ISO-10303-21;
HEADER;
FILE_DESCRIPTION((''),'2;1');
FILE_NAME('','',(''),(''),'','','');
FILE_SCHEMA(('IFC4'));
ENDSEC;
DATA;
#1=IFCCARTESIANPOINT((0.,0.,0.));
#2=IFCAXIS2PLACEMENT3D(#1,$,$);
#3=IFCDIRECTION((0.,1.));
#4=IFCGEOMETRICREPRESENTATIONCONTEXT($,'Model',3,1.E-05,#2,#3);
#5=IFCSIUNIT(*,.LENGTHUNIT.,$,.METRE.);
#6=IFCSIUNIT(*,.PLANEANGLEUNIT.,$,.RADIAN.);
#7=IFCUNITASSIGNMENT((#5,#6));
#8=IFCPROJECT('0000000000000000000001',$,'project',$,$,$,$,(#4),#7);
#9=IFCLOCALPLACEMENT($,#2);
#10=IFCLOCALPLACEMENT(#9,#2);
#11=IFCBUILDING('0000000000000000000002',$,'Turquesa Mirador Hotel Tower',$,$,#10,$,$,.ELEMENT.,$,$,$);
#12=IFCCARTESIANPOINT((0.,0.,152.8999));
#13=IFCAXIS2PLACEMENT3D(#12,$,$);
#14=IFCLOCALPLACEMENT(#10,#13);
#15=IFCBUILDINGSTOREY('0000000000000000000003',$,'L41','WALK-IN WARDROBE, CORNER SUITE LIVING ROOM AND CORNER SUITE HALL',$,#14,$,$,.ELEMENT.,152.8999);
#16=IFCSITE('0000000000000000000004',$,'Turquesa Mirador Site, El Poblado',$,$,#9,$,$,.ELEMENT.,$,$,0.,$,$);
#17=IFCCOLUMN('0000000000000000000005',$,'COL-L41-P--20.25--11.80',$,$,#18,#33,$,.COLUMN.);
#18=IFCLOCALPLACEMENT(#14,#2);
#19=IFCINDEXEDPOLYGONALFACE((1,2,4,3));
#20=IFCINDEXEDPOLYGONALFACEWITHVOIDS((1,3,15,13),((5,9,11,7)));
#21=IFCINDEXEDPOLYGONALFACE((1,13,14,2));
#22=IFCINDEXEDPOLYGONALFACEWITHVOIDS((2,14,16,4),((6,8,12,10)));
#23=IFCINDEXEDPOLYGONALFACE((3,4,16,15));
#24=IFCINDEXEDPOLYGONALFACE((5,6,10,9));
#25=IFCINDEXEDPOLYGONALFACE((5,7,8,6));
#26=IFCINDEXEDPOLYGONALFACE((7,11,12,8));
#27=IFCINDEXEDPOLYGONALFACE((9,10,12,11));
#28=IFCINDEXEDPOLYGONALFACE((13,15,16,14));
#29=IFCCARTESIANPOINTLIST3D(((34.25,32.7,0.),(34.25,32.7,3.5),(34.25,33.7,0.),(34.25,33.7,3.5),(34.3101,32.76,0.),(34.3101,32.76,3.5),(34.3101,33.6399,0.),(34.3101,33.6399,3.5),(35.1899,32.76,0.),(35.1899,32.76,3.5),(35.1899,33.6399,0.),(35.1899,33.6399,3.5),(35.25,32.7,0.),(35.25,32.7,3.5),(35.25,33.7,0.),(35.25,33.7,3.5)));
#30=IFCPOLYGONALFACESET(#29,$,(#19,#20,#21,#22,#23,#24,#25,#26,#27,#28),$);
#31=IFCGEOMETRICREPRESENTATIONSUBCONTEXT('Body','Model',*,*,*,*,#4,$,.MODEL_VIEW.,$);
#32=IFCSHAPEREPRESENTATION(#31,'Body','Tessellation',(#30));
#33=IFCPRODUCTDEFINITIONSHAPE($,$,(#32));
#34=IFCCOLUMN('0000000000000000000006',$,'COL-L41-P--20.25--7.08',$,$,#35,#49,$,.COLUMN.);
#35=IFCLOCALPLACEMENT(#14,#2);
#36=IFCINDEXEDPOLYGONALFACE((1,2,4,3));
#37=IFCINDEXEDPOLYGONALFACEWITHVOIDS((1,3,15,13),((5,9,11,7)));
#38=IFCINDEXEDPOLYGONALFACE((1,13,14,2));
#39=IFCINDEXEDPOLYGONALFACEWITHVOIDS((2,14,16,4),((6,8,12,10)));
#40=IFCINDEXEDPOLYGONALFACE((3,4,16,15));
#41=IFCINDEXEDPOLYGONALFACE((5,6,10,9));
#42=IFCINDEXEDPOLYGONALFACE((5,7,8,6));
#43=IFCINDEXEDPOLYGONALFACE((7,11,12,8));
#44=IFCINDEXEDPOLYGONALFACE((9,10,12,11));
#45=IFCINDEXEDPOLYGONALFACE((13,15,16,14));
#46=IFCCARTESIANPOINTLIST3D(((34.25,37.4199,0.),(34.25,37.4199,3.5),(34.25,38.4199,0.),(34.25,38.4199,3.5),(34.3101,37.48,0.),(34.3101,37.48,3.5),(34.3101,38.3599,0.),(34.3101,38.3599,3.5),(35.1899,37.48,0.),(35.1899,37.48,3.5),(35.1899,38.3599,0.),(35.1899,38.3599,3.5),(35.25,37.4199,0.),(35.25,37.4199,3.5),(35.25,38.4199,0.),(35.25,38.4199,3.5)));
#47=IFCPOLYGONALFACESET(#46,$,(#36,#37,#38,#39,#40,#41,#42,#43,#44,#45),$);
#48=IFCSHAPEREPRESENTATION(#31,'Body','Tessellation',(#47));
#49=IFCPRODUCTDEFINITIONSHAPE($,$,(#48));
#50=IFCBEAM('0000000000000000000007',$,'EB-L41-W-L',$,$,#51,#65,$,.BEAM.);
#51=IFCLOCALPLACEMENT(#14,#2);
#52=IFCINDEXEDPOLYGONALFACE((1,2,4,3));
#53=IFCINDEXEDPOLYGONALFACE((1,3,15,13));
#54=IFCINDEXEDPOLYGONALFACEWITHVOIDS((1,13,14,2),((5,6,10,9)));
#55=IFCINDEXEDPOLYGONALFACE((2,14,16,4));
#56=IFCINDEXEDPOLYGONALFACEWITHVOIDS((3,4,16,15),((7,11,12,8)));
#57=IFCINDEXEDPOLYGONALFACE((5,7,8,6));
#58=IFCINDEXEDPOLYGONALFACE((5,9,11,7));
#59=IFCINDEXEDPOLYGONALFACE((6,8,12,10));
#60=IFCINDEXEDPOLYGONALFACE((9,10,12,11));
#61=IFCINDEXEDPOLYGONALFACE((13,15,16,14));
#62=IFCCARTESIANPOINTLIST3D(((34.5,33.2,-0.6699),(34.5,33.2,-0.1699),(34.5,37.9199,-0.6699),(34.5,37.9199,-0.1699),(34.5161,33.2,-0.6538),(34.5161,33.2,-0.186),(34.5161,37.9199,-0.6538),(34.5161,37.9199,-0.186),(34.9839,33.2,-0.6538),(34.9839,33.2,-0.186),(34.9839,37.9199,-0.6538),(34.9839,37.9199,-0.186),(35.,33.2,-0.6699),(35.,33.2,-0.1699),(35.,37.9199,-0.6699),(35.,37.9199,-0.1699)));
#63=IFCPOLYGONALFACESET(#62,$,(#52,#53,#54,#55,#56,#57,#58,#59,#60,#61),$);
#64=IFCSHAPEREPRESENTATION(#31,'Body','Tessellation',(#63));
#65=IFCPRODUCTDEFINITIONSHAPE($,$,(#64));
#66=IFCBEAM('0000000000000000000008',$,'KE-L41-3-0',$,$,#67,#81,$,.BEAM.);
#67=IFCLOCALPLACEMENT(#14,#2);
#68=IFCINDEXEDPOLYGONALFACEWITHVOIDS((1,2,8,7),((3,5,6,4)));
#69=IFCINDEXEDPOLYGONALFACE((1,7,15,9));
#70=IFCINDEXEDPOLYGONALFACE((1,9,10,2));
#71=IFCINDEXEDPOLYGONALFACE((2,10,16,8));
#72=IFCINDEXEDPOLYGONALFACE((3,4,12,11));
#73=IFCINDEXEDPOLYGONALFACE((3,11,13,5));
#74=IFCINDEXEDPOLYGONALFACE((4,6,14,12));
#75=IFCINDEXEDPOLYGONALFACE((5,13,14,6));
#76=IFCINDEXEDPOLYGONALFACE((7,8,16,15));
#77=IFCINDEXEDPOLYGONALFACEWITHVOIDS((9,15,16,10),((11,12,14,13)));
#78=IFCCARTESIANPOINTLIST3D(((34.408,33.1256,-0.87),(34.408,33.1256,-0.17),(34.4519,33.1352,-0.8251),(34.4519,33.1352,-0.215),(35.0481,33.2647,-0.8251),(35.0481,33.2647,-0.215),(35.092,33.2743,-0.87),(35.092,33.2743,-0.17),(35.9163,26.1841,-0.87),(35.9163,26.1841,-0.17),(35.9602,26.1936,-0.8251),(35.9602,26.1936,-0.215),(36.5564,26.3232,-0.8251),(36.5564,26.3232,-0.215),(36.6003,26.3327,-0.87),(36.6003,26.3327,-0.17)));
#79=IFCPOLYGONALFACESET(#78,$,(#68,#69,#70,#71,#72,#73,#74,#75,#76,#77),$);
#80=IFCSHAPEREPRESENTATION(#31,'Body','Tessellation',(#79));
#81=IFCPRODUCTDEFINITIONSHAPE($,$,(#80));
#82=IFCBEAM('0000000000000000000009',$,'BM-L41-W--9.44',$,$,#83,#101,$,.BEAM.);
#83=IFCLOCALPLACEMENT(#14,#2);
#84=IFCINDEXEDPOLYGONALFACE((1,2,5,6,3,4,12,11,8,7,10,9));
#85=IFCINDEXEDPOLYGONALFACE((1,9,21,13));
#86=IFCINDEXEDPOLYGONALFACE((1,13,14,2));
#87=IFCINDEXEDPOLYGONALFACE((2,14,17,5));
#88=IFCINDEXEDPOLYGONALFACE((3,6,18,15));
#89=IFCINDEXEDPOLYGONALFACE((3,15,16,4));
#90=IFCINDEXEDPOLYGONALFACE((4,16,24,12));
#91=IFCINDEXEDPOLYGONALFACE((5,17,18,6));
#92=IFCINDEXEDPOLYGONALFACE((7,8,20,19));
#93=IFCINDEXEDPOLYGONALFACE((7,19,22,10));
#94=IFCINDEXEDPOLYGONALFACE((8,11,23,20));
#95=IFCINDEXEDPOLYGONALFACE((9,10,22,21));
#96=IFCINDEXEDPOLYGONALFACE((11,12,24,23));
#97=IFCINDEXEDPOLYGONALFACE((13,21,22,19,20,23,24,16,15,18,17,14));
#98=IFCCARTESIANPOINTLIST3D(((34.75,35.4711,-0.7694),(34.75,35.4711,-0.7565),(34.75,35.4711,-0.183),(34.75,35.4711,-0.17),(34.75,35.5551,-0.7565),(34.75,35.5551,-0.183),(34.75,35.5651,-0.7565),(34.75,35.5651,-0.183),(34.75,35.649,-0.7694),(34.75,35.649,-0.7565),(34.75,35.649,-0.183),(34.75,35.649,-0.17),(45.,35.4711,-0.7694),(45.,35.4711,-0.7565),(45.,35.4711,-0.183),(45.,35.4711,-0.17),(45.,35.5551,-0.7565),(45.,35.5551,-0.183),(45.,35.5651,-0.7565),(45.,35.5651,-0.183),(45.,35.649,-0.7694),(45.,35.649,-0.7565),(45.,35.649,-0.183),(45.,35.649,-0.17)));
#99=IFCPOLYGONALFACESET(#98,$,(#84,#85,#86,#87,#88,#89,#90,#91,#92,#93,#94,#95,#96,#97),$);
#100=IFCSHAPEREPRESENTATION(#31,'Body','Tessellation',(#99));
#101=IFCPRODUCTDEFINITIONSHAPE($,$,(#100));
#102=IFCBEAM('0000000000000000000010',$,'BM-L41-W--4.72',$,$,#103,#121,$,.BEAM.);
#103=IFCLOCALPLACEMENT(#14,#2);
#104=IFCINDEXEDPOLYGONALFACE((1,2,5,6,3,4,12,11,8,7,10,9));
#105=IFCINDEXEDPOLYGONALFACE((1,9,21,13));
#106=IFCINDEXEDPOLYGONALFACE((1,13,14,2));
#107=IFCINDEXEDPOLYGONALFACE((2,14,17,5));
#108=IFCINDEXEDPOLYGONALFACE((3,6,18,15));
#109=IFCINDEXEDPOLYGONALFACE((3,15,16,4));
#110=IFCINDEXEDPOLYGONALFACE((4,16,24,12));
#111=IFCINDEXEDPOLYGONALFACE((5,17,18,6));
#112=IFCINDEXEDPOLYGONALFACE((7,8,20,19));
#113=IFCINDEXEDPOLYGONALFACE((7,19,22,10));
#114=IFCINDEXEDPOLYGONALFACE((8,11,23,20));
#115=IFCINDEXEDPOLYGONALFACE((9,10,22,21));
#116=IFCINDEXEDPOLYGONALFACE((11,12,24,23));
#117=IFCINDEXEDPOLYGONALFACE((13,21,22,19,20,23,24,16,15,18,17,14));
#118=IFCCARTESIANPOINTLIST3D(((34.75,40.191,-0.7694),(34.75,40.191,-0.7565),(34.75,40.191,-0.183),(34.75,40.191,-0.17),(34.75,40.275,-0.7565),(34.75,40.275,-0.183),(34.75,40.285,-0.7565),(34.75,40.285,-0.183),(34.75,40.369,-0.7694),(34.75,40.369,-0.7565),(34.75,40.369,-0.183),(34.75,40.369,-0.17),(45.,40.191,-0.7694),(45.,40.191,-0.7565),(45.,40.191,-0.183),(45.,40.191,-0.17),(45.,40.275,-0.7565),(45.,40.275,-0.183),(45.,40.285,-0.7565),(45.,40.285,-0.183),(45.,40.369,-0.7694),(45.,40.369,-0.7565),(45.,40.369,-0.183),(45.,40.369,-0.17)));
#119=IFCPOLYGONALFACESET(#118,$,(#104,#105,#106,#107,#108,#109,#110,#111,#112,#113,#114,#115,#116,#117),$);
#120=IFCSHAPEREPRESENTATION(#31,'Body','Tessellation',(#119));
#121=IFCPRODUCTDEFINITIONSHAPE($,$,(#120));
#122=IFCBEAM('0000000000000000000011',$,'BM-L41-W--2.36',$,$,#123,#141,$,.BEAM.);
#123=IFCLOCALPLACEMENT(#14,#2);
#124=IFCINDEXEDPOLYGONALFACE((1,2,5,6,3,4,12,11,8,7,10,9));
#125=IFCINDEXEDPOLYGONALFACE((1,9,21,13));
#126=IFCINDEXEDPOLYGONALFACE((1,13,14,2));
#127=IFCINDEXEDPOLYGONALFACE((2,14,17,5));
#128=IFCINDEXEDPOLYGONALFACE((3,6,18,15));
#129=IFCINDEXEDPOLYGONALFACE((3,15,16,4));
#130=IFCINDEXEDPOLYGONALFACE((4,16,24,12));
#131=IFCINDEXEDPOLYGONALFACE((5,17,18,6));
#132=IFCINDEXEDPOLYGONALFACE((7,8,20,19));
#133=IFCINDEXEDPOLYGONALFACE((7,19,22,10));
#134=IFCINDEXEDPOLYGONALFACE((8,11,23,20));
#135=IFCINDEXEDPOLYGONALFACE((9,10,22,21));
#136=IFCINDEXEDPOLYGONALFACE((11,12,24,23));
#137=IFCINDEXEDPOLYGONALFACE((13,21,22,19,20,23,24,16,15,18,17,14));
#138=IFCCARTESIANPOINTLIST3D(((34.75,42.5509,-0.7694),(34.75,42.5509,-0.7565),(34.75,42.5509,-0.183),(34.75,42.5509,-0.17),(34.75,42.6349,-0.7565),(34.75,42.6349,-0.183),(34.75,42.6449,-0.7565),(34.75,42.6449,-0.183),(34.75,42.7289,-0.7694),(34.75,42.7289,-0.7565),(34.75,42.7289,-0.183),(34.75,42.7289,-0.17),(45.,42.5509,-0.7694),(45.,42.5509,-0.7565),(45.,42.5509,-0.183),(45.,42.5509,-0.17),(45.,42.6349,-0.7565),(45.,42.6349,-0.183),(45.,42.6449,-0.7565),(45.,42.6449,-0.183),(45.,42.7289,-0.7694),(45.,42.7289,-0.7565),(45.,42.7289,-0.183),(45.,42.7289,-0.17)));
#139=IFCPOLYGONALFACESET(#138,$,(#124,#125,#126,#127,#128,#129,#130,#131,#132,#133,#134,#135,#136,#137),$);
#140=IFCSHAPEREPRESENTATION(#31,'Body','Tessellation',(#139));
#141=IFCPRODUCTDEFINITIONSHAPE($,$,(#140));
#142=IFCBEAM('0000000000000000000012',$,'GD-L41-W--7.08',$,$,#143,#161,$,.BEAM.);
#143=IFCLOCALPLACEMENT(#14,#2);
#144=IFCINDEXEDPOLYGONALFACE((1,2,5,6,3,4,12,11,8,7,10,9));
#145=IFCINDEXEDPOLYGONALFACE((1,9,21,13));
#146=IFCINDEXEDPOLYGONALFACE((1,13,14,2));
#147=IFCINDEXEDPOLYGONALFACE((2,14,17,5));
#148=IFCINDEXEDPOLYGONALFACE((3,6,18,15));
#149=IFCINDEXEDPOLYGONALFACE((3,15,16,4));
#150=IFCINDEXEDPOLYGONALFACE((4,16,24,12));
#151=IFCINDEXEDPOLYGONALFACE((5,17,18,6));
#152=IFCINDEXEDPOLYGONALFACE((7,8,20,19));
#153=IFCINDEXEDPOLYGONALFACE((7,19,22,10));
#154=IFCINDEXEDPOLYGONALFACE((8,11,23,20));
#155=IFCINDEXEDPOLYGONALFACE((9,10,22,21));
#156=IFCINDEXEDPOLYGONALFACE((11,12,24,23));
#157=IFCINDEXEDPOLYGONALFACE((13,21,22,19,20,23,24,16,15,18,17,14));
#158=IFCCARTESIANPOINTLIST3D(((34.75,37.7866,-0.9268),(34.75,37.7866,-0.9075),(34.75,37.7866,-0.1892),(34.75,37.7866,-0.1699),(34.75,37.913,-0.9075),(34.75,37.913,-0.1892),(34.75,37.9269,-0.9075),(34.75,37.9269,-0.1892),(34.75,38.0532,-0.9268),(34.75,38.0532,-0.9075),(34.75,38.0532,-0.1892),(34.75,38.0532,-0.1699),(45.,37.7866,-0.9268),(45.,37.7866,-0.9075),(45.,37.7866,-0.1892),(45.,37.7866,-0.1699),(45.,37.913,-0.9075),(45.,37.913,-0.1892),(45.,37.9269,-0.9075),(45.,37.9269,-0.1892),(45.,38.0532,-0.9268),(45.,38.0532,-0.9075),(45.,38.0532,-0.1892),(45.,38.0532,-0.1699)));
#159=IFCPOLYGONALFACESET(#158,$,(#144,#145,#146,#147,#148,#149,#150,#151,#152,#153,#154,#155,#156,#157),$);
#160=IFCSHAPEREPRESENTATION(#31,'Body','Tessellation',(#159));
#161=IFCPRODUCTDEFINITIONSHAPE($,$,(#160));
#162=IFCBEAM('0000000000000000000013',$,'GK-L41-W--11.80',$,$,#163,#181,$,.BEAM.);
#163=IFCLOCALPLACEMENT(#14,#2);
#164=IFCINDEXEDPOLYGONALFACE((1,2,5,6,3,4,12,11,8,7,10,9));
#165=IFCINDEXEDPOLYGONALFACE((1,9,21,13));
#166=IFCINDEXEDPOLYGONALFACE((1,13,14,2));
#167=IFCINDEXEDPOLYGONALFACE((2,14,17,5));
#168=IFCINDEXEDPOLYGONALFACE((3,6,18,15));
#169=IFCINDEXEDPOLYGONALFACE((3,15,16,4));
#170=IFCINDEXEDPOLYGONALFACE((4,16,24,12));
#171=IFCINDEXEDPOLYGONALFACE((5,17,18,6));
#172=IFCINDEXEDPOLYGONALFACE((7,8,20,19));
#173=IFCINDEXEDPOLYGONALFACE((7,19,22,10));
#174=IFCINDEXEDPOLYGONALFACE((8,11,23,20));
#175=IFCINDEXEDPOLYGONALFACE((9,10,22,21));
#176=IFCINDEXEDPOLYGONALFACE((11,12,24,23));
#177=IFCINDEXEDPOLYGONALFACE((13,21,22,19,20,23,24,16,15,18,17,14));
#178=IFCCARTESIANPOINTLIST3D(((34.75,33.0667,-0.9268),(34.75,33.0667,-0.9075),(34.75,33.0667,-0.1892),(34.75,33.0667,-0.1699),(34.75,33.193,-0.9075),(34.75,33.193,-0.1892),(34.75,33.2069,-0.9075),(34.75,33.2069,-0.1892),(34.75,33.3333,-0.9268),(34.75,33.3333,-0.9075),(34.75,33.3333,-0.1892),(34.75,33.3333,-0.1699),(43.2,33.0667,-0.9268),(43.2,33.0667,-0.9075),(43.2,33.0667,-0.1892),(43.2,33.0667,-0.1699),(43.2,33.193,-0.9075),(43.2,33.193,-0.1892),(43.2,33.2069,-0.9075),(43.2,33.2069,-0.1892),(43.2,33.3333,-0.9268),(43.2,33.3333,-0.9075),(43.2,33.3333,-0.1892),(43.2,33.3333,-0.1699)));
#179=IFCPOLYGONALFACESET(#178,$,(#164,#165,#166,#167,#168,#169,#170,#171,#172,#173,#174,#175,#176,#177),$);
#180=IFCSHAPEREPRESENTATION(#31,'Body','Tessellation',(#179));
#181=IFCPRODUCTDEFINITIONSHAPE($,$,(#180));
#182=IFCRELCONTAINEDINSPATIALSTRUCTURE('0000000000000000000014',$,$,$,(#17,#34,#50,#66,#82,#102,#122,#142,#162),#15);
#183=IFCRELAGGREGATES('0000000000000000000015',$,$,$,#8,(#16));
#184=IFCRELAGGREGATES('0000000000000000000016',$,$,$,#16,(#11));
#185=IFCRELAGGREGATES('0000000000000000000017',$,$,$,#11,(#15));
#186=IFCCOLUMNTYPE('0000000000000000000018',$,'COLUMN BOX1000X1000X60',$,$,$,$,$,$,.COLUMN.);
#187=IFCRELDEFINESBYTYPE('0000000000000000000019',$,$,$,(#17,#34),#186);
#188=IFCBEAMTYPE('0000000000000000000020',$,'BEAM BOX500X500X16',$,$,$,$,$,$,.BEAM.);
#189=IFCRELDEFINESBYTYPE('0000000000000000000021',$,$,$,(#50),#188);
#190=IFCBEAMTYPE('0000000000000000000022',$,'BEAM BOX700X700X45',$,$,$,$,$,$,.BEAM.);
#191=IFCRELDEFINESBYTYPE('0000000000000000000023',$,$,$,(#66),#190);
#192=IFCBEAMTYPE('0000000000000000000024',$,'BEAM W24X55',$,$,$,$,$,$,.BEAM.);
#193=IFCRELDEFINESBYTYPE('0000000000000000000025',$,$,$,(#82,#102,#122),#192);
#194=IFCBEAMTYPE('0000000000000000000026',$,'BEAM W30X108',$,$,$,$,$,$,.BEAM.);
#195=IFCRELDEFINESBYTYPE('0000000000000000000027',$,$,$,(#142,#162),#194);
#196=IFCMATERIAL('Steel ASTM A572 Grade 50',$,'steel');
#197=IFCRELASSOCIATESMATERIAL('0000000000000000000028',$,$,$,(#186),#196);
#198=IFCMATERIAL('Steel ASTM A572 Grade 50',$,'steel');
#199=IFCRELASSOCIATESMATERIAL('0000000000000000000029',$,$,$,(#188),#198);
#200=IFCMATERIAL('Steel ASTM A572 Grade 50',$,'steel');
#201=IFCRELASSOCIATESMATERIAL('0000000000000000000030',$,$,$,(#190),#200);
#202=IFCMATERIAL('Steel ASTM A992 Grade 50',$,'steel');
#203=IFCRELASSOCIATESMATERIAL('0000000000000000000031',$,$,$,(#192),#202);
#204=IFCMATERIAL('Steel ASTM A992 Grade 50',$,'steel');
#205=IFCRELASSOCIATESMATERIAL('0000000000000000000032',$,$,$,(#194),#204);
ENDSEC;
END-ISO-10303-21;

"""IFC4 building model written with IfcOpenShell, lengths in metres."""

from ifc_helpers import new_model, si_unit, direction, frame, origin, origin_2d, place, context, subcontext, project, spatial, hollow_rectangle, i_section, extrude, material, material_profile, profile_set, type_object, element, save


model = new_model("IFC4")

# Units and contexts
model_context = context("Model", 3, precision=1e-05, world=origin(), true_north=direction((0.0, 1.0)))
body_context = subcontext(model_context, "Body", "Model", "MODEL_VIEW")
ifc_project = project(units=[si_unit("LENGTHUNIT", "METRE"), si_unit("PLANEANGLEUNIT", "RADIAN")], contexts=[model_context])

# Site, building, storey
site_placement = place(None, origin())
site = spatial("IfcSite", under=ifc_project, at=site_placement, Name="Turquesa Mirador Site, El Poblado", CompositionType="ELEMENT", RefElevation=0.0)
building_placement = place(site_placement, origin())
building = spatial("IfcBuilding", under=site, at=building_placement, Name="Turquesa Mirador Hotel Tower", CompositionType="ELEMENT")
storey_placement = place(building_placement, frame((0.0, 0.0, 152.8999)))
storey = spatial("IfcBuildingStorey", under=building, at=storey_placement, Name="L41", Description="WALK-IN WARDROBE, CORNER SUITE LIVING ROOM AND CORNER SUITE HALL", CompositionType="ELEMENT", Elevation=152.8999)

# Columns
ifc_material_1 = material(Name="Steel ASTM A572 Grade 50", Category="steel")
ifc_material_profile_1 = material_profile(ifc_material_1, hollow_rectangle(XDim=1.0, YDim=1.0, WallThickness=0.0601, at=origin_2d()), Name="BOX1000X1000X60")
ifc_profile_set_1 = profile_set([ifc_material_profile_1], Name="Steel ASTM A572 Grade 50")
column_type = type_object("IfcColumnType", Name="COLUMN BOX1000X1000X60", PredefinedType="COLUMN", material=ifc_profile_set_1)
for number, where, z_axis, x_axis, name in (
    (1, (34.75, 33.2, 0.0), (0.0, 0.0, 1.0), (1.0, 0.0, 0.0), "COL-L41-P--20.25--11.80"),
    (2, (34.75, 37.9199, 0.0), (0.0, 0.0, 1.0), (1.0, 0.0, 0.0), "COL-L41-P--20.25--7.08"),
):
    element("IfcColumn", number, at=place(storey_placement, frame(where, z_axis=z_axis, x_axis=x_axis)), inside=storey, type_object=column_type, Name=name, PredefinedType="COLUMN", context=body_context, shape_type="SweptSolid", body=[
        extrude(hollow_rectangle(XDim=1.0, YDim=1.0, WallThickness=0.0601, at=origin_2d()), origin(), (0.0, 0.0, 1.0), 3.5),
    ])

# Beams
ifc_material_2 = material(Name="Steel ASTM A572 Grade 50", Category="steel")
ifc_material_profile_2 = material_profile(ifc_material_2, hollow_rectangle(XDim=0.5, YDim=0.5, WallThickness=0.0161, at=origin_2d()), Name="BOX500X500X16")
ifc_profile_set_2 = profile_set([ifc_material_profile_2], Name="Steel ASTM A572 Grade 50")
beam_type_1 = type_object("IfcBeamType", Name="BEAM BOX500X500X16", PredefinedType="BEAM", material=ifc_profile_set_2)
beam_1_placement = place(storey_placement, frame((34.75, 33.2, -0.4199), z_axis=(0.0, 1.0, 0.0), x_axis=(-1.0, 0.0, 0.0)))
element("IfcBeam", 3, at=beam_1_placement, inside=storey, type_object=beam_type_1, Name="EB-L41-W-L", PredefinedType="BEAM", context=body_context, shape_type="SweptSolid", body=[
    extrude(hollow_rectangle(XDim=0.5, YDim=0.5, WallThickness=0.0161, at=origin_2d()), origin(), (0.0, 0.0, 1.0), 4.72),
])
ifc_material_3 = material(Name="Steel ASTM A572 Grade 50", Category="steel")
ifc_material_profile_3 = material_profile(ifc_material_3, hollow_rectangle(XDim=0.7, YDim=0.7, WallThickness=0.0449, at=origin_2d()), Name="BOX700X700X45")
ifc_profile_set_3 = profile_set([ifc_material_profile_3], Name="Steel ASTM A572 Grade 50")
beam_type_2 = type_object("IfcBeamType", Name="BEAM BOX700X700X45", PredefinedType="BEAM", material=ifc_profile_set_3)
beam_2_placement = place(storey_placement, frame((34.75, 33.2, -0.52), z_axis=(0.212328, -0.977198, 0.0), x_axis=(0.977198, 0.212328, 0.0)))
element("IfcBeam", 4, at=beam_2_placement, inside=storey, type_object=beam_type_2, Name="KE-L41-3-0", PredefinedType="BEAM", context=body_context, shape_type="SweptSolid", body=[
    extrude(hollow_rectangle(XDim=0.7, YDim=0.7, WallThickness=0.0449, at=origin_2d()), origin(), (0.0, 0.0, 1.0), 7.1035),
])
ifc_material_4 = material(Name="Steel ASTM A992 Grade 50", Category="steel")
ifc_material_profile_4 = material_profile(ifc_material_4, i_section(OverallWidth=0.178, OverallDepth=0.5994, WebThickness=0.01, FlangeThickness=0.0129, at=origin_2d()), Name="W24X55")
ifc_profile_set_4 = profile_set([ifc_material_profile_4], Name="Steel ASTM A992 Grade 50")
beam_type_3 = type_object("IfcBeamType", Name="BEAM W24X55", PredefinedType="BEAM", material=ifc_profile_set_4)
for number, where, z_axis, x_axis, name in (
    (5, (34.75, 35.5601, -0.4697), (1.0, 0.0, 0.0), (0.0, 1.0, 0.0), "BM-L41-W--9.44"),
    (6, (34.75, 40.28, -0.4697), (1.0, 0.0, 0.0), (0.0, 1.0, 0.0), "BM-L41-W--4.72"),
    (7, (34.75, 42.6399, -0.4697), (1.0, 0.0, 0.0), (0.0, 1.0, 0.0), "BM-L41-W--2.36"),
):
    element("IfcBeam", number, at=place(storey_placement, frame(where, z_axis=z_axis, x_axis=x_axis)), inside=storey, type_object=beam_type_3, Name=name, PredefinedType="BEAM", context=body_context, shape_type="SweptSolid", body=[
        extrude(i_section(OverallWidth=0.178, OverallDepth=0.5994, WebThickness=0.01, FlangeThickness=0.0129, at=origin_2d()), origin(), (0.0, 0.0, 1.0), 10.25),
    ])
ifc_material_5 = material(Name="Steel ASTM A992 Grade 50", Category="steel")
ifc_material_profile_5 = material_profile(ifc_material_5, i_section(OverallWidth=0.2666, OverallDepth=0.7568, WebThickness=0.0139, FlangeThickness=0.0193, at=origin_2d()), Name="W30X108")
ifc_profile_set_5 = profile_set([ifc_material_profile_5], Name="Steel ASTM A992 Grade 50")
beam_type_4 = type_object("IfcBeamType", Name="BEAM W30X108", PredefinedType="BEAM", material=ifc_profile_set_5)
beam_3_placement = place(storey_placement, frame((34.75, 37.9199, -0.5483), z_axis=(1.0, 0.0, 0.0), x_axis=(0.0, 1.0, 0.0)))
element("IfcBeam", 8, at=beam_3_placement, inside=storey, type_object=beam_type_4, Name="GD-L41-W--7.08", PredefinedType="BEAM", context=body_context, shape_type="SweptSolid", body=[
    extrude(i_section(OverallWidth=0.2666, OverallDepth=0.7568, WebThickness=0.0139, FlangeThickness=0.0193, at=origin_2d()), origin(), (0.0, 0.0, 1.0), 10.25),
])
beam_4_placement = place(storey_placement, frame((34.75, 33.2, -0.5483), z_axis=(1.0, 0.0, 0.0), x_axis=(0.0, 1.0, 0.0)))
element("IfcBeam", 9, at=beam_4_placement, inside=storey, type_object=beam_type_4, Name="GK-L41-W--11.80", PredefinedType="BEAM", context=body_context, shape_type="SweptSolid", body=[
    extrude(i_section(OverallWidth=0.2666, OverallDepth=0.7568, WebThickness=0.0139, FlangeThickness=0.0193, at=origin_2d()), origin(), (0.0, 0.0, 1.0), 8.45),
])

save(model, "model.ifc")
